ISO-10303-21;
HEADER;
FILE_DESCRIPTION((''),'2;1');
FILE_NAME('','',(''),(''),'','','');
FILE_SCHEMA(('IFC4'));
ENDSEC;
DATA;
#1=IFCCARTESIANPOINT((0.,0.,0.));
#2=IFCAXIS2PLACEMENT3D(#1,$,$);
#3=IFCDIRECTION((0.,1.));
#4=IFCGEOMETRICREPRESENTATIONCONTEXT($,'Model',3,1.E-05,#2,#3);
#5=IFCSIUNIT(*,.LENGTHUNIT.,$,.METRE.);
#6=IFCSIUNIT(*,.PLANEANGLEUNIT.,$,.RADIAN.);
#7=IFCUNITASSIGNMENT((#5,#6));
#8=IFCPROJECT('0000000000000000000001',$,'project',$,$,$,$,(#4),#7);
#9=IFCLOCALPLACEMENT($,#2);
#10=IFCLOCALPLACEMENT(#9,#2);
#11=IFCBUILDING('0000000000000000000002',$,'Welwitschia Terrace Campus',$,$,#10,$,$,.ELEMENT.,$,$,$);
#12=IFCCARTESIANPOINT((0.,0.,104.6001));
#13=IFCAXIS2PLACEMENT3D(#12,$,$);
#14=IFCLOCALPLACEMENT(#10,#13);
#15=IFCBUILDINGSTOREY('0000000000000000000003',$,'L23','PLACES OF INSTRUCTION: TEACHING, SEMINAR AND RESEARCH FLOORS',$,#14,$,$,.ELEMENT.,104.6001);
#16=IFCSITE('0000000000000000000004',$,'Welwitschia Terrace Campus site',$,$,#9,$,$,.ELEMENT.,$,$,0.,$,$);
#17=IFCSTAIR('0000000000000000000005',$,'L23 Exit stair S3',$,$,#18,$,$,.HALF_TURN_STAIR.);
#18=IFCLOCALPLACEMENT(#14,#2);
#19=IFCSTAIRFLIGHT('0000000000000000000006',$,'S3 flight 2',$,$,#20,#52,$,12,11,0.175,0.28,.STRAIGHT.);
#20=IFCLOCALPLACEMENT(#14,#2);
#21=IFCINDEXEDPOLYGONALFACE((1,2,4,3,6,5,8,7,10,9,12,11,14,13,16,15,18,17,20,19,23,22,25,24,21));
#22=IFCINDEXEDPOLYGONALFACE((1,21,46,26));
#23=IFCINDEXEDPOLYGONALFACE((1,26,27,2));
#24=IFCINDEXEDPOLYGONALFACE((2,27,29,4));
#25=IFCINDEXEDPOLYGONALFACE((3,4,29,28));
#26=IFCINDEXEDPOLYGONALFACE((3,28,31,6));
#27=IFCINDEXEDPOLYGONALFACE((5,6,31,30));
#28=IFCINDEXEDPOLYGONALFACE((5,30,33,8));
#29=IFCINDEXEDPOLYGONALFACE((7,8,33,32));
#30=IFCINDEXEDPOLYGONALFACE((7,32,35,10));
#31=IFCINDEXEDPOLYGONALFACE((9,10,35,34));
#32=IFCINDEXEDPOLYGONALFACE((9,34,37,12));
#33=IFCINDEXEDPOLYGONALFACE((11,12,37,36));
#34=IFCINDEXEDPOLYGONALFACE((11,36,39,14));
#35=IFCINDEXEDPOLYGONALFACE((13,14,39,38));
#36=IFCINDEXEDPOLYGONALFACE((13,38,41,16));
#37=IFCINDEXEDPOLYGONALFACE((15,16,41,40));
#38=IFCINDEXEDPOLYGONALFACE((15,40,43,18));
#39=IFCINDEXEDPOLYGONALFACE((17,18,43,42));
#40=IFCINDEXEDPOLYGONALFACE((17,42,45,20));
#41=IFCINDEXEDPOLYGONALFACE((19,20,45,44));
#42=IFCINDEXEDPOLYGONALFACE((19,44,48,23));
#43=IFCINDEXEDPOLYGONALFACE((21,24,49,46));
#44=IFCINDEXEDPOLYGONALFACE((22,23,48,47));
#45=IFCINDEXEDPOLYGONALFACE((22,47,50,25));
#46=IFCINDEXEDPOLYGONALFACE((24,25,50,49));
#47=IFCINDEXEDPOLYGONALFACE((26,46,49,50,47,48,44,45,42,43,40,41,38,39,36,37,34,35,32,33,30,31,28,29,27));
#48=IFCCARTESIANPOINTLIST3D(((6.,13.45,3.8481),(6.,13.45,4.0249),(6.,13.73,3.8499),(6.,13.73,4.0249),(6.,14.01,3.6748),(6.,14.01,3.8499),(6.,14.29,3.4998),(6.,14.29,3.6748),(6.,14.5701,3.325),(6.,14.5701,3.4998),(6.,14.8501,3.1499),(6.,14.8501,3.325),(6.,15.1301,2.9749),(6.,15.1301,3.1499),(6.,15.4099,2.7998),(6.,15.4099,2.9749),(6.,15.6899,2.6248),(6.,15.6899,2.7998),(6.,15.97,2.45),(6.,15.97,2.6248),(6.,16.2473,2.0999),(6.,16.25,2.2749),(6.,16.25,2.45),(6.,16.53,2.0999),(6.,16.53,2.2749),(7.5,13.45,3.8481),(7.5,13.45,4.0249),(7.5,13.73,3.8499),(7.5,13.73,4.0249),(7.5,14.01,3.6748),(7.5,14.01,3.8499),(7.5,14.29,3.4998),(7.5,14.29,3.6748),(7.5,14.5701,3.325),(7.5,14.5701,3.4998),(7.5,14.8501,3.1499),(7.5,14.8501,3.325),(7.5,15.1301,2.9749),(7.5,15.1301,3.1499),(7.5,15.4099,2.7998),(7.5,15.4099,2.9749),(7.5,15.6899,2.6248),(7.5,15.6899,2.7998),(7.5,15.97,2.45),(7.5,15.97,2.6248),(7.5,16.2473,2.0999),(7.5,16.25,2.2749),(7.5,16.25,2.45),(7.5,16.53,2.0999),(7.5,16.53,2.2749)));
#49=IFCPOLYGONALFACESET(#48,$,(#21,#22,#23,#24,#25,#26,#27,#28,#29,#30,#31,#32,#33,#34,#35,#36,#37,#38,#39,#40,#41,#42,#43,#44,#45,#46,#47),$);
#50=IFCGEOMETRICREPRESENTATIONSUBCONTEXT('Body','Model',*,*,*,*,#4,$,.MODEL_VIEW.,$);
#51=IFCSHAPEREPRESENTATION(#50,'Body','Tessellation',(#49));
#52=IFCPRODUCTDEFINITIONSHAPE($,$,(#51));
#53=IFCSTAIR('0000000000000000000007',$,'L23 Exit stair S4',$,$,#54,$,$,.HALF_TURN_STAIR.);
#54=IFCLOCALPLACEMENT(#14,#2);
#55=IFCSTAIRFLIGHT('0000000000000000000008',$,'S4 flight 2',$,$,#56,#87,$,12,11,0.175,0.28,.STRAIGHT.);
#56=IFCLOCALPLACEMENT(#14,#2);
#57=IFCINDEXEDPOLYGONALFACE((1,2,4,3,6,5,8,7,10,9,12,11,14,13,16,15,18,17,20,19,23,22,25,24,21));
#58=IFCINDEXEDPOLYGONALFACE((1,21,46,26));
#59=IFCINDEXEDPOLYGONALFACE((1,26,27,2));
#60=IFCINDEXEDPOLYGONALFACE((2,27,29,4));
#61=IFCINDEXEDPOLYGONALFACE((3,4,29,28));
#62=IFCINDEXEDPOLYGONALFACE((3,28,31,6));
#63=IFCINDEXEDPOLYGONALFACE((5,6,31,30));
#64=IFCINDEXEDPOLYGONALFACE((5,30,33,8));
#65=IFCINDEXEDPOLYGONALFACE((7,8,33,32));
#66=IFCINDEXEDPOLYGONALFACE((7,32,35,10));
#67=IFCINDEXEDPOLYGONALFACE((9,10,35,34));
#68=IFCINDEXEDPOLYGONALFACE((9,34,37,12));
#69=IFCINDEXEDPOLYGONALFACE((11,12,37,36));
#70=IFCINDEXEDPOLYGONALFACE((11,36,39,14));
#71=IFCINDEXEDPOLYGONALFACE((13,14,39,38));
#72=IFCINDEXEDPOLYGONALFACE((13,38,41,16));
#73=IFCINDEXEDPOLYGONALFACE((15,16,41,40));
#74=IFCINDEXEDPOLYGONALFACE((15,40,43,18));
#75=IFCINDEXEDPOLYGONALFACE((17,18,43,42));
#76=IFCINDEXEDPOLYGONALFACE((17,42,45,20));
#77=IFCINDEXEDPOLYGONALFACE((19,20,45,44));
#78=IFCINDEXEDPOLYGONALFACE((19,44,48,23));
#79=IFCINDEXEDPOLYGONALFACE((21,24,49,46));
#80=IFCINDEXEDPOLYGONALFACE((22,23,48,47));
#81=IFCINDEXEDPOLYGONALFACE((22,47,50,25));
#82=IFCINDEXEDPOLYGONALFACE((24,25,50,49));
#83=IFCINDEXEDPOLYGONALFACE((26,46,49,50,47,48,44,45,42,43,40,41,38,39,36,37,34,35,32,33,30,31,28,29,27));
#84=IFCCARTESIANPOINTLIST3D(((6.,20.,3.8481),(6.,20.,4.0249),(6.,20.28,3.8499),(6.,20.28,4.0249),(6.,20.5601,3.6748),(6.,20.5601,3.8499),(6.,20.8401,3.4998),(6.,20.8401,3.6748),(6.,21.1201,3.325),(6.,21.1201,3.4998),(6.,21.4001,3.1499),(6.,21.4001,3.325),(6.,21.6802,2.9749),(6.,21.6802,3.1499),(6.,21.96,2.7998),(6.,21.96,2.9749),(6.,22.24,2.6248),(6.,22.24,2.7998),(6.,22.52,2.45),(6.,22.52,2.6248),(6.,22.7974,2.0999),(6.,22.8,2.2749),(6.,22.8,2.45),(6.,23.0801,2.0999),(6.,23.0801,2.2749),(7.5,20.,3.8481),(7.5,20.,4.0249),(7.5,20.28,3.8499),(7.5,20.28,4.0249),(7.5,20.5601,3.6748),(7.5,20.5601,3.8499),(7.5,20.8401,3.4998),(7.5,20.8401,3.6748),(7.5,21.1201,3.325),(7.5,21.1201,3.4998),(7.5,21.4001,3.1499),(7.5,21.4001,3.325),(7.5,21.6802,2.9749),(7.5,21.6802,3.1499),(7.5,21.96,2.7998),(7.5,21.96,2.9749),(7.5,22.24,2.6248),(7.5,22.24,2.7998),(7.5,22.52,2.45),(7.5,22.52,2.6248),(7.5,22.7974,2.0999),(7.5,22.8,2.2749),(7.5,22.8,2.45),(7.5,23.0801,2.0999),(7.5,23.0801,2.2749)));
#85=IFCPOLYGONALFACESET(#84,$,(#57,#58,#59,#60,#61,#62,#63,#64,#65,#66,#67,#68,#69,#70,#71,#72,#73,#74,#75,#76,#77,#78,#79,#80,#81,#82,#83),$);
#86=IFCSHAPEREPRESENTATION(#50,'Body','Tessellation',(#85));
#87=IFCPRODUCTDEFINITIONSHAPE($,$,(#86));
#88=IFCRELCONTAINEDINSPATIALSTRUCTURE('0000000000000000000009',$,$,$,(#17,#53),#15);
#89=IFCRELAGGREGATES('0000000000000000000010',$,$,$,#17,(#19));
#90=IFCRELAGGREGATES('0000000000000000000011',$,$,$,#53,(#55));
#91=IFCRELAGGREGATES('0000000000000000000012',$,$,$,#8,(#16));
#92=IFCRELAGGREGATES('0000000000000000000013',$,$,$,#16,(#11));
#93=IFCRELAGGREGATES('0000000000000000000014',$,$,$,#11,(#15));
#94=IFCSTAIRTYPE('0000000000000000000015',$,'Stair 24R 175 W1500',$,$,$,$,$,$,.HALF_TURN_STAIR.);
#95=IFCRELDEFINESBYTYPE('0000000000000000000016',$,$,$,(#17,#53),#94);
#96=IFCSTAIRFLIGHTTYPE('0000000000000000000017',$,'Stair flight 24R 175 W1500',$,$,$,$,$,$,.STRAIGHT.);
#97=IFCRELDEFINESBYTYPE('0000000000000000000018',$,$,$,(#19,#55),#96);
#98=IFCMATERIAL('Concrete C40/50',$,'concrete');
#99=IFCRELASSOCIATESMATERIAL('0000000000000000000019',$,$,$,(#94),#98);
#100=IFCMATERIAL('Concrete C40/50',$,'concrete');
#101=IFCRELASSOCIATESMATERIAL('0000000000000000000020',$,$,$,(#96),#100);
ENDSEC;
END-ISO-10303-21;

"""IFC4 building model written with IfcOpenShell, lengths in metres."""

from ifc_helpers import new_model, si_unit, direction, frame, origin, place, context, subcontext, project, spatial, polyline, outline, extrude, material, type_object, element, aggregate, save


model = new_model("IFC4")

# Units and contexts
model_context = context("Model", 3, precision=1e-05, world=origin(), true_north=direction((0.0, 1.0)))
body_context = subcontext(model_context, "Body", "Model", "MODEL_VIEW")
ifc_project = project(units=[si_unit("LENGTHUNIT", "METRE"), si_unit("PLANEANGLEUNIT", "RADIAN")], contexts=[model_context])

# Site, building, storey
site_placement = place(None, origin())
site = spatial("IfcSite", under=ifc_project, at=site_placement, Name="Welwitschia Terrace Campus site", CompositionType="ELEMENT", RefElevation=0.0)
building_placement = place(site_placement, origin())
building = spatial("IfcBuilding", under=site, at=building_placement, Name="Welwitschia Terrace Campus", CompositionType="ELEMENT")
storey_placement = place(building_placement, frame((0.0, 0.0, 104.6001)))
storey = spatial("IfcBuildingStorey", under=building, at=storey_placement, Name="L23", Description="PLACES OF INSTRUCTION: TEACHING, SEMINAR AND RESEARCH FLOORS", CompositionType="ELEMENT", Elevation=104.6001)

# Stairs, stair flights
ifc_material_1 = material(Name="Concrete C40/50", Category="concrete")
stair_type = type_object("IfcStairType", Name="Stair 24R 175 W1500", PredefinedType="HALF_TURN_STAIR", material=ifc_material_1)
stair_1_placement = place(storey_placement, origin())
stair_1 = element("IfcStair", 1, at=stair_1_placement, inside=storey, type_object=stair_type, Name="L23 Exit stair S3", PredefinedType="HALF_TURN_STAIR")
ifc_material_2 = material(Name="Concrete C40/50", Category="concrete")
stair_flight_type = type_object("IfcStairFlightType", Name="Stair flight 24R 175 W1500", PredefinedType="STRAIGHT", material=ifc_material_2)
stair_flight_1_placement = place(storey_placement, frame((6.75, 16.53, 2.0999), z_axis=(0.0, 0.0, 1.0), x_axis=(0.0, -1.0, 0.0)))
stair_flight_1 = element("IfcStairFlight", 2, at=stair_flight_1_placement, type_object=stair_flight_type, Name="S3 flight 2", NumberOfRisers=12, NumberOfTreads=11, PredefinedType="STRAIGHT", RiserHeight=0.175, TreadLength=0.28, context=body_context, shape_type="SweptSolid", body=[
    extrude(outline(polyline([(0.0, 0.0), (0.0, 0.175), (0.28, 0.175), (0.28, 0.3501), (0.5601, 0.3501), (0.5601, 0.5249), (0.8401, 0.5249), (0.8401, 0.7), (1.1201, 0.7), (1.1201, 0.875), (1.3999, 0.875), (1.3999, 1.05), (1.6799, 1.05), (1.6799, 1.2251), (1.96, 1.2251), (1.96, 1.3999), (2.24, 1.3999), (2.24, 1.575), (2.52, 1.575), (2.52, 1.75), (2.8, 1.75), (2.8, 1.925), (3.0801, 1.925), (3.0801, 2.1001), (3.0801, 1.7483), (0.2827, 0.0), (0.0, 0.0)])), frame((0.0, 0.75, 0.0), z_axis=(0.0, -1.0, 0.0), x_axis=(1.0, 0.0, 0.0)), (0.0, 0.0, 1.0), 1.5),
])
aggregate(stair_1, [stair_flight_1])
stair_2_placement = place(storey_placement, origin())
stair_2 = element("IfcStair", 3, at=stair_2_placement, inside=storey, type_object=stair_type, Name="L23 Exit stair S4", PredefinedType="HALF_TURN_STAIR")
stair_flight_2_placement = place(storey_placement, frame((6.75, 23.0801, 2.0999), z_axis=(0.0, 0.0, 1.0), x_axis=(0.0, -1.0, 0.0)))
stair_flight_2 = element("IfcStairFlight", 4, at=stair_flight_2_placement, type_object=stair_flight_type, Name="S4 flight 2", NumberOfRisers=12, NumberOfTreads=11, PredefinedType="STRAIGHT", RiserHeight=0.175, TreadLength=0.28, context=body_context, shape_type="SweptSolid", body=[
    extrude(outline(polyline([(0.0, 0.0), (0.0, 0.175), (0.28, 0.175), (0.28, 0.3501), (0.5601, 0.3501), (0.5601, 0.5249), (0.8401, 0.5249), (0.8401, 0.7), (1.1201, 0.7), (1.1201, 0.875), (1.3999, 0.875), (1.3999, 1.05), (1.6799, 1.05), (1.6799, 1.2251), (1.96, 1.2251), (1.96, 1.3999), (2.24, 1.3999), (2.24, 1.575), (2.52, 1.575), (2.52, 1.75), (2.8, 1.75), (2.8, 1.925), (3.0801, 1.925), (3.0801, 2.1001), (3.0801, 1.7483), (0.2827, 0.0), (0.0, 0.0)])), frame((0.0, 0.75, 0.0), z_axis=(0.0, -1.0, 0.0), x_axis=(1.0, 0.0, 0.0)), (0.0, 0.0, 1.0), 1.5),
])
aggregate(stair_2, [stair_flight_2])

save(model, "model.ifc")
